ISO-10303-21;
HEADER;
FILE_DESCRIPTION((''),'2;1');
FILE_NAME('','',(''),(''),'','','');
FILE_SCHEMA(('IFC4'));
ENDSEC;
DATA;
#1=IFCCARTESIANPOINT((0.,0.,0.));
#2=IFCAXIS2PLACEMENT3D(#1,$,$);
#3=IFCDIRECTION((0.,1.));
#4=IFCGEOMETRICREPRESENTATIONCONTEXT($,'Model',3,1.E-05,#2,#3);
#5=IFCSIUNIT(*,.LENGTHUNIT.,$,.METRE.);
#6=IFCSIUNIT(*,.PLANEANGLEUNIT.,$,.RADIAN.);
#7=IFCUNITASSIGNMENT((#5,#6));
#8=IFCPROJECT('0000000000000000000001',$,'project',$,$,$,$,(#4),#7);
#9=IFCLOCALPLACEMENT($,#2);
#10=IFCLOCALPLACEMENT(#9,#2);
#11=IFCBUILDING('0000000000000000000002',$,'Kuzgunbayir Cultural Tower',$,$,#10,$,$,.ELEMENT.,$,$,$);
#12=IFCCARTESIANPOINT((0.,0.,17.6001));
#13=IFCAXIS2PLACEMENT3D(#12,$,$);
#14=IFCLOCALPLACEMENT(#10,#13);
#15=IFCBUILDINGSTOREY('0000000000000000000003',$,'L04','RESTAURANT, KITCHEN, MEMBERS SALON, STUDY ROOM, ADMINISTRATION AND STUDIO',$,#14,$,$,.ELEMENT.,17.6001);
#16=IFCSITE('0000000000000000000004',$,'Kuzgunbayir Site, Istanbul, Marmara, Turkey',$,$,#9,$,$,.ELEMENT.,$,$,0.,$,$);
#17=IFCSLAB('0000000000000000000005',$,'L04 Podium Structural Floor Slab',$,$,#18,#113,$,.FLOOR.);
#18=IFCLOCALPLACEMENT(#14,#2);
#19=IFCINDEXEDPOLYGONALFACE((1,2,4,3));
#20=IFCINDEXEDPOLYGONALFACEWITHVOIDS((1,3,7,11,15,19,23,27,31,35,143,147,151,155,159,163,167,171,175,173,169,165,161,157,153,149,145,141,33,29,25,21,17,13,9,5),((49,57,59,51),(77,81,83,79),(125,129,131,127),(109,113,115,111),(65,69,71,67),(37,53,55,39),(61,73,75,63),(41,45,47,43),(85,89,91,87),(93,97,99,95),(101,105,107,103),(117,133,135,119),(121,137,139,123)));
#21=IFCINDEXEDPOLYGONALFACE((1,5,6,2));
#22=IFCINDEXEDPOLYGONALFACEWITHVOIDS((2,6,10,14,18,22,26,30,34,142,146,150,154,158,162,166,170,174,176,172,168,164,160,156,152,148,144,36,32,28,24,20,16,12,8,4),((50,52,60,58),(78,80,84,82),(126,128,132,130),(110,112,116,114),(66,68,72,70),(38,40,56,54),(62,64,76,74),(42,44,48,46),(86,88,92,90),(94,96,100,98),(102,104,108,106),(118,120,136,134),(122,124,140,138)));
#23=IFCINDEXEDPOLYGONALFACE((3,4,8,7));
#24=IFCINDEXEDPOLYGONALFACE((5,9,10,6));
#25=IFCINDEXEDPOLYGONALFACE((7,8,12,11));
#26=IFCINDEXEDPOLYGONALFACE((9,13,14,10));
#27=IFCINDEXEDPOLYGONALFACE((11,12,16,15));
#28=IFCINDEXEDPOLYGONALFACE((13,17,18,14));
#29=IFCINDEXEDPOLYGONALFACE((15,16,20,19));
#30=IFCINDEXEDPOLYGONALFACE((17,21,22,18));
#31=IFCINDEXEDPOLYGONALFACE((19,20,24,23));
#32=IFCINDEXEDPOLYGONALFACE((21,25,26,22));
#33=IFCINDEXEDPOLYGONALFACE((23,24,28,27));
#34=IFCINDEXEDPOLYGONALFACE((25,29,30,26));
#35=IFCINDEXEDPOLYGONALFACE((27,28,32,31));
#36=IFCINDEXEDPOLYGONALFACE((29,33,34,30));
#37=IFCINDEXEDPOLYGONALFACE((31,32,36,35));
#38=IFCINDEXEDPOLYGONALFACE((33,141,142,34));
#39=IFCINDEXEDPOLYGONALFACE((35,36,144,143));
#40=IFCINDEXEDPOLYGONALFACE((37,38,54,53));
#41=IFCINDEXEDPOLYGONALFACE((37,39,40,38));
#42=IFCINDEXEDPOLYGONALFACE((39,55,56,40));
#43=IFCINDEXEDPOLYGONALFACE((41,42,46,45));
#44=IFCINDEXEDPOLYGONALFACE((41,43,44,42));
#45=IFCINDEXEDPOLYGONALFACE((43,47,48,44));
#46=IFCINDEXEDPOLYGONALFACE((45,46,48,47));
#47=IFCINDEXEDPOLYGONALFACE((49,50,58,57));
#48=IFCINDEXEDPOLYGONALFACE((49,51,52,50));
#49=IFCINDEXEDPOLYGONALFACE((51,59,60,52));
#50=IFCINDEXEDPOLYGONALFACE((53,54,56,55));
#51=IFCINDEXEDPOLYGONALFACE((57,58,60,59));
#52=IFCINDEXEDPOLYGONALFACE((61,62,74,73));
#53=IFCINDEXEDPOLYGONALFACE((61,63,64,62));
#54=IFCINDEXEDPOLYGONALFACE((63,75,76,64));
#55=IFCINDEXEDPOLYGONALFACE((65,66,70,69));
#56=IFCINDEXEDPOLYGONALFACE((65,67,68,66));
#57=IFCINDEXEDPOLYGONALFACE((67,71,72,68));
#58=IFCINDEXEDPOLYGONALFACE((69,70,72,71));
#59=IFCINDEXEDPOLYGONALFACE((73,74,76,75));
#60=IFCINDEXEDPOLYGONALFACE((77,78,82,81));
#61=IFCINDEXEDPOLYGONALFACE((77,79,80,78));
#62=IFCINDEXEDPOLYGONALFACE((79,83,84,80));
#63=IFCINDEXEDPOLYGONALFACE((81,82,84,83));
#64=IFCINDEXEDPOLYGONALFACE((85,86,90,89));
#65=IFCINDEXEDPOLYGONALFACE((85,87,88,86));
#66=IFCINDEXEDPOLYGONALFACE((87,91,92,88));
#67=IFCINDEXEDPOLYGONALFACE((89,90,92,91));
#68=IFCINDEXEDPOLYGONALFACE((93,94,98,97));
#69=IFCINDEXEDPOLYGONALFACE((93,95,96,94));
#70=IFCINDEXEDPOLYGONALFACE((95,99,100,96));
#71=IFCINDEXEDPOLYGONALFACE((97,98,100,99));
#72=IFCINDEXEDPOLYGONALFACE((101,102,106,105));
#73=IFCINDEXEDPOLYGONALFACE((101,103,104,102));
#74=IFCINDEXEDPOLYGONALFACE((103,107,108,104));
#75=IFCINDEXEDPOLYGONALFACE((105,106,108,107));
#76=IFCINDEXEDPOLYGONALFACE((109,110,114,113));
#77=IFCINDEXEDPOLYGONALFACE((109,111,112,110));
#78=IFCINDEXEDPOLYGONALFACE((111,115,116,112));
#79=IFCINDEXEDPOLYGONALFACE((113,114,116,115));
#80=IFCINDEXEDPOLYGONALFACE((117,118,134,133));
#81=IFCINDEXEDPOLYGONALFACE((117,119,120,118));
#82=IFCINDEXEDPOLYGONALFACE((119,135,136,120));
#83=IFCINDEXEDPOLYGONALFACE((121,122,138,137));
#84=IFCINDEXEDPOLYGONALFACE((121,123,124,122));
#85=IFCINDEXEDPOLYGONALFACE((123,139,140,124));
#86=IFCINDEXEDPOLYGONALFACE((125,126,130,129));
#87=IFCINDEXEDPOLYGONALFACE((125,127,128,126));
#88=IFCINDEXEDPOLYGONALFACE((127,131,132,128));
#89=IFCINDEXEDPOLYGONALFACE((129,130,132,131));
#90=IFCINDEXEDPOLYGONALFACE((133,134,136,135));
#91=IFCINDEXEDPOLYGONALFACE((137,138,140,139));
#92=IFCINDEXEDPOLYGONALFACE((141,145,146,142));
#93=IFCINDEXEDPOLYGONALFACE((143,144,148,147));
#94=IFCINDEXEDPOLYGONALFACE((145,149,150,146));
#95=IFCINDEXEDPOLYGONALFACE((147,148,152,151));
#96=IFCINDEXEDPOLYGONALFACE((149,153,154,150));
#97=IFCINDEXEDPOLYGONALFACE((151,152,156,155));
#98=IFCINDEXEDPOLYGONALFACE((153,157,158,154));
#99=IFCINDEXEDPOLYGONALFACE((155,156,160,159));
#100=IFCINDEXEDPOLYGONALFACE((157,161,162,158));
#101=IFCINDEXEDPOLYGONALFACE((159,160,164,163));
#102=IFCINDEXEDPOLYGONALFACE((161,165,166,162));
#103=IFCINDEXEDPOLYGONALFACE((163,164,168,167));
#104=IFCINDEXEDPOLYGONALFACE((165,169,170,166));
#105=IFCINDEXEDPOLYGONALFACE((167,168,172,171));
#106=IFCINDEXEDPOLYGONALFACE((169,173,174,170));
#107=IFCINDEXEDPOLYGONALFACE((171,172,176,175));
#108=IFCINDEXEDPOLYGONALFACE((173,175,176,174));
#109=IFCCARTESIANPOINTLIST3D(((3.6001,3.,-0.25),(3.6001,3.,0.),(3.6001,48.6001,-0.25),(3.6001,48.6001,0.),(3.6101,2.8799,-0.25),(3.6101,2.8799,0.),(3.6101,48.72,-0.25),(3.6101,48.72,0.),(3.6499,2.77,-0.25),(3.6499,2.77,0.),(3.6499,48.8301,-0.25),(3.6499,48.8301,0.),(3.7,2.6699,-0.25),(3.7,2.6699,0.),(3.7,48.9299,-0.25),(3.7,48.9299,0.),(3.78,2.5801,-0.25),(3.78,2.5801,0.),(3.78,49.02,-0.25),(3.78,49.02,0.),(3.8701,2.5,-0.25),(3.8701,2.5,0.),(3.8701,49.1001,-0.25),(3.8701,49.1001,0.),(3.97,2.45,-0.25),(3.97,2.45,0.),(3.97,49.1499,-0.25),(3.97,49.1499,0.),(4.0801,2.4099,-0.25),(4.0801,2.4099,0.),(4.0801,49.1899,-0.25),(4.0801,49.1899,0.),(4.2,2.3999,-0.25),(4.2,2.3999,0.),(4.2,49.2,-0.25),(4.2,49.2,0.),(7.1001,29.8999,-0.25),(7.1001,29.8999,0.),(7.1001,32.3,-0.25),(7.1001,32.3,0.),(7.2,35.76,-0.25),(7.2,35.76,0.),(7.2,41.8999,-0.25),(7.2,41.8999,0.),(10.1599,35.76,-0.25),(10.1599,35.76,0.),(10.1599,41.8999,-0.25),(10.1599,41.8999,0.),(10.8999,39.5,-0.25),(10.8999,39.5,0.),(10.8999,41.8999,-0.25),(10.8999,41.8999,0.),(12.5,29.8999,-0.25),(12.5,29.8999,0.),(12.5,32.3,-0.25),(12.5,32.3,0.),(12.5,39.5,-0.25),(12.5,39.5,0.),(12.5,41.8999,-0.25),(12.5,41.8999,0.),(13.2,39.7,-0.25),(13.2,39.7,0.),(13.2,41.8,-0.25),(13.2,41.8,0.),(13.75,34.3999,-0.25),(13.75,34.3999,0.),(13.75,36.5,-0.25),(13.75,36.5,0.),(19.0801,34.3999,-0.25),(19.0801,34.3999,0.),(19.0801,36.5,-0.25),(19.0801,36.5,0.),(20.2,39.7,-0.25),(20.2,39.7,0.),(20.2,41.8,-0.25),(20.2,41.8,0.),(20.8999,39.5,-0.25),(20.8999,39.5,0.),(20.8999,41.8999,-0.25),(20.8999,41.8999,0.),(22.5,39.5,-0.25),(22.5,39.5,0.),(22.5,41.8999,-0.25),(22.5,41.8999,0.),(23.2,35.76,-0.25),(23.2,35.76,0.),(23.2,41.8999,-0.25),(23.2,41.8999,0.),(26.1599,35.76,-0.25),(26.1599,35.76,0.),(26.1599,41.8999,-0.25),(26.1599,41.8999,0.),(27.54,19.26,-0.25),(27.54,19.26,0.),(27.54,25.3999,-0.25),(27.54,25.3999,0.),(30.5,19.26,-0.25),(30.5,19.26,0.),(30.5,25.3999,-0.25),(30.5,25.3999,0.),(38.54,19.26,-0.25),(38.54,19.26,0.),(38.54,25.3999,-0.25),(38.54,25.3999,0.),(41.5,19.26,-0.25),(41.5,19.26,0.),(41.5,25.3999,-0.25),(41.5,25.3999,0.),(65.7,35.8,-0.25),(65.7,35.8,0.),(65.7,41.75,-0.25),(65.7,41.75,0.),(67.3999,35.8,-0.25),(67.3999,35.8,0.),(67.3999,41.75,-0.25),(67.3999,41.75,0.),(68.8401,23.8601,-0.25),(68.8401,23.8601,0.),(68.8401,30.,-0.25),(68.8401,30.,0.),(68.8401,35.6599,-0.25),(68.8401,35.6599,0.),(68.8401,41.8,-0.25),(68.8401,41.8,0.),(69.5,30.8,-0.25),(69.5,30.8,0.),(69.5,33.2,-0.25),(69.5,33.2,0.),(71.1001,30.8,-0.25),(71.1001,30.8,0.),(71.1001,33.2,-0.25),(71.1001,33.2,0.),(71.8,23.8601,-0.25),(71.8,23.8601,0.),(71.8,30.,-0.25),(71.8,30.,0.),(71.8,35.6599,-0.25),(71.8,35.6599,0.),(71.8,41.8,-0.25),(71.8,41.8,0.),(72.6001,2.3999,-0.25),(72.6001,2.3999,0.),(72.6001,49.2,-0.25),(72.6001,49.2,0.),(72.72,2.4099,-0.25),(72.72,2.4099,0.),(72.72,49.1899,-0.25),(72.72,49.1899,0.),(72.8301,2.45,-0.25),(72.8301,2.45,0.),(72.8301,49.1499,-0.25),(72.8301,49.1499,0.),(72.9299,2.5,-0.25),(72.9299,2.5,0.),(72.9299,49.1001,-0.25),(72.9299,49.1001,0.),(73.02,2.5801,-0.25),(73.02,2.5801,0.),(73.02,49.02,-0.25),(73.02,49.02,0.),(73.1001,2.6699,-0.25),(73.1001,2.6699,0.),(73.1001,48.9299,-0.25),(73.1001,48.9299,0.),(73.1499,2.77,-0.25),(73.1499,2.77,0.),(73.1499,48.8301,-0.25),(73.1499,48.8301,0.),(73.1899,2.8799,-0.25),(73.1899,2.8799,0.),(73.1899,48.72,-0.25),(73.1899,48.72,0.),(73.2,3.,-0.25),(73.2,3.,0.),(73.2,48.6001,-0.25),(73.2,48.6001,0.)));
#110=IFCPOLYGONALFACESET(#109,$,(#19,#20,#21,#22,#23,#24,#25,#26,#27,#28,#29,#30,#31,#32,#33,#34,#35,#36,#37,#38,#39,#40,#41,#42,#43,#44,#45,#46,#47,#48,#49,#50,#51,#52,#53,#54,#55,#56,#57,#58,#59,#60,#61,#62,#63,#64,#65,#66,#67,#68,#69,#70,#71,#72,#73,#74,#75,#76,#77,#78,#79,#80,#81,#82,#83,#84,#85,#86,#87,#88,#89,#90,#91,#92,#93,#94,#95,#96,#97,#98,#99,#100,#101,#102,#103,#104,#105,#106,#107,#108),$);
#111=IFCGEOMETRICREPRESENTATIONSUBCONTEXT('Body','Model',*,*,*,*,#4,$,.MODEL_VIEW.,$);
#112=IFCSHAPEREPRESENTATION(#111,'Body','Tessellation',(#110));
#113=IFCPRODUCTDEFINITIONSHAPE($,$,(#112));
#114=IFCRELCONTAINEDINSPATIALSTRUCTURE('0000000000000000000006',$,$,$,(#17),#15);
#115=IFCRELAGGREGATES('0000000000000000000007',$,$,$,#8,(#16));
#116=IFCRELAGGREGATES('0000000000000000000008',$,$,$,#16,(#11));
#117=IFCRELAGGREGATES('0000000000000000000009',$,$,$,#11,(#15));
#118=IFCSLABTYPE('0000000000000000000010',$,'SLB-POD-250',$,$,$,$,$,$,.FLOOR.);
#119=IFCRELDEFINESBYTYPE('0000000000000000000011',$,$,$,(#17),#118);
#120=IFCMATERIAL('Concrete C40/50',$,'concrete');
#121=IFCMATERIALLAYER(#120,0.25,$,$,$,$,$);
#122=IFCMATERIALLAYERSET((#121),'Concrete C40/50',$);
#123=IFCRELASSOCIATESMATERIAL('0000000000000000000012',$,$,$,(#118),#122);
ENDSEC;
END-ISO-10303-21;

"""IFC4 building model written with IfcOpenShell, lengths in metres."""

from ifc_helpers import new_model, si_unit, direction, frame, origin, place, context, subcontext, project, spatial, polyline, outline, extrude, material, layer, layer_set, type_object, element, save


model = new_model("IFC4")

# Units and contexts
model_context = context("Model", 3, precision=1e-05, world=origin(), true_north=direction((0.0, 1.0)))
body_context = subcontext(model_context, "Body", "Model", "MODEL_VIEW")
ifc_project = project(units=[si_unit("LENGTHUNIT", "METRE"), si_unit("PLANEANGLEUNIT", "RADIAN")], contexts=[model_context])

# Site, building, storey
site_placement = place(None, origin())
site = spatial("IfcSite", under=ifc_project, at=site_placement, Name="Kuzgunbayir Site, Istanbul, Marmara, Turkey", CompositionType="ELEMENT", RefElevation=0.0)
building_placement = place(site_placement, origin())
building = spatial("IfcBuilding", under=site, at=building_placement, Name="Kuzgunbayir Cultural Tower", CompositionType="ELEMENT")
storey_placement = place(building_placement, frame((0.0, 0.0, 17.6001)))
storey = spatial("IfcBuildingStorey", under=building, at=storey_placement, Name="L04", Description="RESTAURANT, KITCHEN, MEMBERS SALON, STUDY ROOM, ADMINISTRATION AND STUDIO", CompositionType="ELEMENT", Elevation=17.6001)

# Shared definitions
ifc_material_1 = material(Name="Concrete C40/50", Category="concrete")

# Slab
ifc_layer_1 = layer(ifc_material_1, 0.25)
ifc_layer_set_1 = layer_set([ifc_layer_1], Name="Concrete C40/50")
slab_type_1 = type_object("IfcSlabType", Name="SLB-POD-250", PredefinedType="FLOOR", material=ifc_layer_set_1)
slab_1_placement = place(storey_placement, frame((0.0, 0.0, -0.25)))
element("IfcSlab", 1, at=slab_1_placement, inside=storey, type_object=slab_type_1, Name="L04 Podium Structural Floor Slab", PredefinedType="FLOOR", context=body_context, shape_type="SweptSolid", body=[
    extrude(outline(polyline([(72.6001, 2.3999), (72.72, 2.4099), (72.8301, 2.45), (72.9299, 2.5), (73.02, 2.5801), (73.1001, 2.6699), (73.1499, 2.77), (73.1899, 2.8799), (73.2, 3.0), (73.2, 48.6001), (73.1899, 48.72), (73.1499, 48.8301), (73.1001, 48.9299), (73.02, 49.02), (72.9299, 49.1001), (72.8301, 49.1499), (72.72, 49.1899), (72.6001, 49.2), (4.2, 49.2), (4.0801, 49.1899), (3.97, 49.1499), (3.8701, 49.1001), (3.78, 49.02), (3.7, 48.9299), (3.6499, 48.8301), (3.6101, 48.72), (3.6001, 48.6001), (3.6001, 3.0), (3.6101, 2.8799), (3.6499, 2.77), (3.7, 2.6699), (3.78, 2.5801), (3.8701, 2.5), (3.97, 2.45), (4.0801, 2.4099), (4.2, 2.3999), (72.6001, 2.3999)]), holes=[polyline([(7.2, 35.76), (7.2, 41.8999), (10.1599, 41.8999), (10.1599, 35.76), (7.2, 35.76)]), polyline([(23.2, 35.76), (23.2, 41.8999), (26.1599, 41.8999), (26.1599, 35.76), (23.2, 35.76)]), polyline([(68.8401, 23.8601), (68.8401, 30.0), (71.8, 30.0), (71.8, 23.8601), (68.8401, 23.8601)]), polyline([(68.8401, 35.6599), (68.8401, 41.8), (71.8, 41.8), (71.8, 35.6599), (68.8401, 35.6599)]), polyline([(27.54, 19.26), (27.54, 25.3999), (30.5, 25.3999), (30.5, 19.26), (27.54, 19.26)]), polyline([(38.54, 19.26), (38.54, 25.3999), (41.5, 25.3999), (41.5, 19.26), (38.54, 19.26)]), polyline([(13.2, 39.7), (13.2, 41.8), (20.2, 41.8), (20.2, 39.7), (13.2, 39.7)]), polyline([(13.75, 34.3999), (13.75, 36.5), (19.0801, 36.5), (19.0801, 34.3999), (13.75, 34.3999)]), polyline([(7.1001, 29.8999), (7.1001, 32.3), (12.5, 32.3), (12.5, 29.8999), (7.1001, 29.8999)]), polyline([(10.8999, 39.5), (10.8999, 41.8999), (12.5, 41.8999), (12.5, 39.5), (10.8999, 39.5)]), polyline([(20.8999, 39.5), (20.8999, 41.8999), (22.5, 41.8999), (22.5, 39.5), (20.8999, 39.5)]), polyline([(65.7, 35.8), (65.7, 41.75), (67.3999, 41.75), (67.3999, 35.8), (65.7, 35.8)]), polyline([(69.5, 30.8), (69.5, 33.2), (71.1001, 33.2), (71.1001, 30.8), (69.5, 30.8)])]), origin(), (0.0, 0.0, 1.0), 0.25),
])

save(model, "model.ifc")
